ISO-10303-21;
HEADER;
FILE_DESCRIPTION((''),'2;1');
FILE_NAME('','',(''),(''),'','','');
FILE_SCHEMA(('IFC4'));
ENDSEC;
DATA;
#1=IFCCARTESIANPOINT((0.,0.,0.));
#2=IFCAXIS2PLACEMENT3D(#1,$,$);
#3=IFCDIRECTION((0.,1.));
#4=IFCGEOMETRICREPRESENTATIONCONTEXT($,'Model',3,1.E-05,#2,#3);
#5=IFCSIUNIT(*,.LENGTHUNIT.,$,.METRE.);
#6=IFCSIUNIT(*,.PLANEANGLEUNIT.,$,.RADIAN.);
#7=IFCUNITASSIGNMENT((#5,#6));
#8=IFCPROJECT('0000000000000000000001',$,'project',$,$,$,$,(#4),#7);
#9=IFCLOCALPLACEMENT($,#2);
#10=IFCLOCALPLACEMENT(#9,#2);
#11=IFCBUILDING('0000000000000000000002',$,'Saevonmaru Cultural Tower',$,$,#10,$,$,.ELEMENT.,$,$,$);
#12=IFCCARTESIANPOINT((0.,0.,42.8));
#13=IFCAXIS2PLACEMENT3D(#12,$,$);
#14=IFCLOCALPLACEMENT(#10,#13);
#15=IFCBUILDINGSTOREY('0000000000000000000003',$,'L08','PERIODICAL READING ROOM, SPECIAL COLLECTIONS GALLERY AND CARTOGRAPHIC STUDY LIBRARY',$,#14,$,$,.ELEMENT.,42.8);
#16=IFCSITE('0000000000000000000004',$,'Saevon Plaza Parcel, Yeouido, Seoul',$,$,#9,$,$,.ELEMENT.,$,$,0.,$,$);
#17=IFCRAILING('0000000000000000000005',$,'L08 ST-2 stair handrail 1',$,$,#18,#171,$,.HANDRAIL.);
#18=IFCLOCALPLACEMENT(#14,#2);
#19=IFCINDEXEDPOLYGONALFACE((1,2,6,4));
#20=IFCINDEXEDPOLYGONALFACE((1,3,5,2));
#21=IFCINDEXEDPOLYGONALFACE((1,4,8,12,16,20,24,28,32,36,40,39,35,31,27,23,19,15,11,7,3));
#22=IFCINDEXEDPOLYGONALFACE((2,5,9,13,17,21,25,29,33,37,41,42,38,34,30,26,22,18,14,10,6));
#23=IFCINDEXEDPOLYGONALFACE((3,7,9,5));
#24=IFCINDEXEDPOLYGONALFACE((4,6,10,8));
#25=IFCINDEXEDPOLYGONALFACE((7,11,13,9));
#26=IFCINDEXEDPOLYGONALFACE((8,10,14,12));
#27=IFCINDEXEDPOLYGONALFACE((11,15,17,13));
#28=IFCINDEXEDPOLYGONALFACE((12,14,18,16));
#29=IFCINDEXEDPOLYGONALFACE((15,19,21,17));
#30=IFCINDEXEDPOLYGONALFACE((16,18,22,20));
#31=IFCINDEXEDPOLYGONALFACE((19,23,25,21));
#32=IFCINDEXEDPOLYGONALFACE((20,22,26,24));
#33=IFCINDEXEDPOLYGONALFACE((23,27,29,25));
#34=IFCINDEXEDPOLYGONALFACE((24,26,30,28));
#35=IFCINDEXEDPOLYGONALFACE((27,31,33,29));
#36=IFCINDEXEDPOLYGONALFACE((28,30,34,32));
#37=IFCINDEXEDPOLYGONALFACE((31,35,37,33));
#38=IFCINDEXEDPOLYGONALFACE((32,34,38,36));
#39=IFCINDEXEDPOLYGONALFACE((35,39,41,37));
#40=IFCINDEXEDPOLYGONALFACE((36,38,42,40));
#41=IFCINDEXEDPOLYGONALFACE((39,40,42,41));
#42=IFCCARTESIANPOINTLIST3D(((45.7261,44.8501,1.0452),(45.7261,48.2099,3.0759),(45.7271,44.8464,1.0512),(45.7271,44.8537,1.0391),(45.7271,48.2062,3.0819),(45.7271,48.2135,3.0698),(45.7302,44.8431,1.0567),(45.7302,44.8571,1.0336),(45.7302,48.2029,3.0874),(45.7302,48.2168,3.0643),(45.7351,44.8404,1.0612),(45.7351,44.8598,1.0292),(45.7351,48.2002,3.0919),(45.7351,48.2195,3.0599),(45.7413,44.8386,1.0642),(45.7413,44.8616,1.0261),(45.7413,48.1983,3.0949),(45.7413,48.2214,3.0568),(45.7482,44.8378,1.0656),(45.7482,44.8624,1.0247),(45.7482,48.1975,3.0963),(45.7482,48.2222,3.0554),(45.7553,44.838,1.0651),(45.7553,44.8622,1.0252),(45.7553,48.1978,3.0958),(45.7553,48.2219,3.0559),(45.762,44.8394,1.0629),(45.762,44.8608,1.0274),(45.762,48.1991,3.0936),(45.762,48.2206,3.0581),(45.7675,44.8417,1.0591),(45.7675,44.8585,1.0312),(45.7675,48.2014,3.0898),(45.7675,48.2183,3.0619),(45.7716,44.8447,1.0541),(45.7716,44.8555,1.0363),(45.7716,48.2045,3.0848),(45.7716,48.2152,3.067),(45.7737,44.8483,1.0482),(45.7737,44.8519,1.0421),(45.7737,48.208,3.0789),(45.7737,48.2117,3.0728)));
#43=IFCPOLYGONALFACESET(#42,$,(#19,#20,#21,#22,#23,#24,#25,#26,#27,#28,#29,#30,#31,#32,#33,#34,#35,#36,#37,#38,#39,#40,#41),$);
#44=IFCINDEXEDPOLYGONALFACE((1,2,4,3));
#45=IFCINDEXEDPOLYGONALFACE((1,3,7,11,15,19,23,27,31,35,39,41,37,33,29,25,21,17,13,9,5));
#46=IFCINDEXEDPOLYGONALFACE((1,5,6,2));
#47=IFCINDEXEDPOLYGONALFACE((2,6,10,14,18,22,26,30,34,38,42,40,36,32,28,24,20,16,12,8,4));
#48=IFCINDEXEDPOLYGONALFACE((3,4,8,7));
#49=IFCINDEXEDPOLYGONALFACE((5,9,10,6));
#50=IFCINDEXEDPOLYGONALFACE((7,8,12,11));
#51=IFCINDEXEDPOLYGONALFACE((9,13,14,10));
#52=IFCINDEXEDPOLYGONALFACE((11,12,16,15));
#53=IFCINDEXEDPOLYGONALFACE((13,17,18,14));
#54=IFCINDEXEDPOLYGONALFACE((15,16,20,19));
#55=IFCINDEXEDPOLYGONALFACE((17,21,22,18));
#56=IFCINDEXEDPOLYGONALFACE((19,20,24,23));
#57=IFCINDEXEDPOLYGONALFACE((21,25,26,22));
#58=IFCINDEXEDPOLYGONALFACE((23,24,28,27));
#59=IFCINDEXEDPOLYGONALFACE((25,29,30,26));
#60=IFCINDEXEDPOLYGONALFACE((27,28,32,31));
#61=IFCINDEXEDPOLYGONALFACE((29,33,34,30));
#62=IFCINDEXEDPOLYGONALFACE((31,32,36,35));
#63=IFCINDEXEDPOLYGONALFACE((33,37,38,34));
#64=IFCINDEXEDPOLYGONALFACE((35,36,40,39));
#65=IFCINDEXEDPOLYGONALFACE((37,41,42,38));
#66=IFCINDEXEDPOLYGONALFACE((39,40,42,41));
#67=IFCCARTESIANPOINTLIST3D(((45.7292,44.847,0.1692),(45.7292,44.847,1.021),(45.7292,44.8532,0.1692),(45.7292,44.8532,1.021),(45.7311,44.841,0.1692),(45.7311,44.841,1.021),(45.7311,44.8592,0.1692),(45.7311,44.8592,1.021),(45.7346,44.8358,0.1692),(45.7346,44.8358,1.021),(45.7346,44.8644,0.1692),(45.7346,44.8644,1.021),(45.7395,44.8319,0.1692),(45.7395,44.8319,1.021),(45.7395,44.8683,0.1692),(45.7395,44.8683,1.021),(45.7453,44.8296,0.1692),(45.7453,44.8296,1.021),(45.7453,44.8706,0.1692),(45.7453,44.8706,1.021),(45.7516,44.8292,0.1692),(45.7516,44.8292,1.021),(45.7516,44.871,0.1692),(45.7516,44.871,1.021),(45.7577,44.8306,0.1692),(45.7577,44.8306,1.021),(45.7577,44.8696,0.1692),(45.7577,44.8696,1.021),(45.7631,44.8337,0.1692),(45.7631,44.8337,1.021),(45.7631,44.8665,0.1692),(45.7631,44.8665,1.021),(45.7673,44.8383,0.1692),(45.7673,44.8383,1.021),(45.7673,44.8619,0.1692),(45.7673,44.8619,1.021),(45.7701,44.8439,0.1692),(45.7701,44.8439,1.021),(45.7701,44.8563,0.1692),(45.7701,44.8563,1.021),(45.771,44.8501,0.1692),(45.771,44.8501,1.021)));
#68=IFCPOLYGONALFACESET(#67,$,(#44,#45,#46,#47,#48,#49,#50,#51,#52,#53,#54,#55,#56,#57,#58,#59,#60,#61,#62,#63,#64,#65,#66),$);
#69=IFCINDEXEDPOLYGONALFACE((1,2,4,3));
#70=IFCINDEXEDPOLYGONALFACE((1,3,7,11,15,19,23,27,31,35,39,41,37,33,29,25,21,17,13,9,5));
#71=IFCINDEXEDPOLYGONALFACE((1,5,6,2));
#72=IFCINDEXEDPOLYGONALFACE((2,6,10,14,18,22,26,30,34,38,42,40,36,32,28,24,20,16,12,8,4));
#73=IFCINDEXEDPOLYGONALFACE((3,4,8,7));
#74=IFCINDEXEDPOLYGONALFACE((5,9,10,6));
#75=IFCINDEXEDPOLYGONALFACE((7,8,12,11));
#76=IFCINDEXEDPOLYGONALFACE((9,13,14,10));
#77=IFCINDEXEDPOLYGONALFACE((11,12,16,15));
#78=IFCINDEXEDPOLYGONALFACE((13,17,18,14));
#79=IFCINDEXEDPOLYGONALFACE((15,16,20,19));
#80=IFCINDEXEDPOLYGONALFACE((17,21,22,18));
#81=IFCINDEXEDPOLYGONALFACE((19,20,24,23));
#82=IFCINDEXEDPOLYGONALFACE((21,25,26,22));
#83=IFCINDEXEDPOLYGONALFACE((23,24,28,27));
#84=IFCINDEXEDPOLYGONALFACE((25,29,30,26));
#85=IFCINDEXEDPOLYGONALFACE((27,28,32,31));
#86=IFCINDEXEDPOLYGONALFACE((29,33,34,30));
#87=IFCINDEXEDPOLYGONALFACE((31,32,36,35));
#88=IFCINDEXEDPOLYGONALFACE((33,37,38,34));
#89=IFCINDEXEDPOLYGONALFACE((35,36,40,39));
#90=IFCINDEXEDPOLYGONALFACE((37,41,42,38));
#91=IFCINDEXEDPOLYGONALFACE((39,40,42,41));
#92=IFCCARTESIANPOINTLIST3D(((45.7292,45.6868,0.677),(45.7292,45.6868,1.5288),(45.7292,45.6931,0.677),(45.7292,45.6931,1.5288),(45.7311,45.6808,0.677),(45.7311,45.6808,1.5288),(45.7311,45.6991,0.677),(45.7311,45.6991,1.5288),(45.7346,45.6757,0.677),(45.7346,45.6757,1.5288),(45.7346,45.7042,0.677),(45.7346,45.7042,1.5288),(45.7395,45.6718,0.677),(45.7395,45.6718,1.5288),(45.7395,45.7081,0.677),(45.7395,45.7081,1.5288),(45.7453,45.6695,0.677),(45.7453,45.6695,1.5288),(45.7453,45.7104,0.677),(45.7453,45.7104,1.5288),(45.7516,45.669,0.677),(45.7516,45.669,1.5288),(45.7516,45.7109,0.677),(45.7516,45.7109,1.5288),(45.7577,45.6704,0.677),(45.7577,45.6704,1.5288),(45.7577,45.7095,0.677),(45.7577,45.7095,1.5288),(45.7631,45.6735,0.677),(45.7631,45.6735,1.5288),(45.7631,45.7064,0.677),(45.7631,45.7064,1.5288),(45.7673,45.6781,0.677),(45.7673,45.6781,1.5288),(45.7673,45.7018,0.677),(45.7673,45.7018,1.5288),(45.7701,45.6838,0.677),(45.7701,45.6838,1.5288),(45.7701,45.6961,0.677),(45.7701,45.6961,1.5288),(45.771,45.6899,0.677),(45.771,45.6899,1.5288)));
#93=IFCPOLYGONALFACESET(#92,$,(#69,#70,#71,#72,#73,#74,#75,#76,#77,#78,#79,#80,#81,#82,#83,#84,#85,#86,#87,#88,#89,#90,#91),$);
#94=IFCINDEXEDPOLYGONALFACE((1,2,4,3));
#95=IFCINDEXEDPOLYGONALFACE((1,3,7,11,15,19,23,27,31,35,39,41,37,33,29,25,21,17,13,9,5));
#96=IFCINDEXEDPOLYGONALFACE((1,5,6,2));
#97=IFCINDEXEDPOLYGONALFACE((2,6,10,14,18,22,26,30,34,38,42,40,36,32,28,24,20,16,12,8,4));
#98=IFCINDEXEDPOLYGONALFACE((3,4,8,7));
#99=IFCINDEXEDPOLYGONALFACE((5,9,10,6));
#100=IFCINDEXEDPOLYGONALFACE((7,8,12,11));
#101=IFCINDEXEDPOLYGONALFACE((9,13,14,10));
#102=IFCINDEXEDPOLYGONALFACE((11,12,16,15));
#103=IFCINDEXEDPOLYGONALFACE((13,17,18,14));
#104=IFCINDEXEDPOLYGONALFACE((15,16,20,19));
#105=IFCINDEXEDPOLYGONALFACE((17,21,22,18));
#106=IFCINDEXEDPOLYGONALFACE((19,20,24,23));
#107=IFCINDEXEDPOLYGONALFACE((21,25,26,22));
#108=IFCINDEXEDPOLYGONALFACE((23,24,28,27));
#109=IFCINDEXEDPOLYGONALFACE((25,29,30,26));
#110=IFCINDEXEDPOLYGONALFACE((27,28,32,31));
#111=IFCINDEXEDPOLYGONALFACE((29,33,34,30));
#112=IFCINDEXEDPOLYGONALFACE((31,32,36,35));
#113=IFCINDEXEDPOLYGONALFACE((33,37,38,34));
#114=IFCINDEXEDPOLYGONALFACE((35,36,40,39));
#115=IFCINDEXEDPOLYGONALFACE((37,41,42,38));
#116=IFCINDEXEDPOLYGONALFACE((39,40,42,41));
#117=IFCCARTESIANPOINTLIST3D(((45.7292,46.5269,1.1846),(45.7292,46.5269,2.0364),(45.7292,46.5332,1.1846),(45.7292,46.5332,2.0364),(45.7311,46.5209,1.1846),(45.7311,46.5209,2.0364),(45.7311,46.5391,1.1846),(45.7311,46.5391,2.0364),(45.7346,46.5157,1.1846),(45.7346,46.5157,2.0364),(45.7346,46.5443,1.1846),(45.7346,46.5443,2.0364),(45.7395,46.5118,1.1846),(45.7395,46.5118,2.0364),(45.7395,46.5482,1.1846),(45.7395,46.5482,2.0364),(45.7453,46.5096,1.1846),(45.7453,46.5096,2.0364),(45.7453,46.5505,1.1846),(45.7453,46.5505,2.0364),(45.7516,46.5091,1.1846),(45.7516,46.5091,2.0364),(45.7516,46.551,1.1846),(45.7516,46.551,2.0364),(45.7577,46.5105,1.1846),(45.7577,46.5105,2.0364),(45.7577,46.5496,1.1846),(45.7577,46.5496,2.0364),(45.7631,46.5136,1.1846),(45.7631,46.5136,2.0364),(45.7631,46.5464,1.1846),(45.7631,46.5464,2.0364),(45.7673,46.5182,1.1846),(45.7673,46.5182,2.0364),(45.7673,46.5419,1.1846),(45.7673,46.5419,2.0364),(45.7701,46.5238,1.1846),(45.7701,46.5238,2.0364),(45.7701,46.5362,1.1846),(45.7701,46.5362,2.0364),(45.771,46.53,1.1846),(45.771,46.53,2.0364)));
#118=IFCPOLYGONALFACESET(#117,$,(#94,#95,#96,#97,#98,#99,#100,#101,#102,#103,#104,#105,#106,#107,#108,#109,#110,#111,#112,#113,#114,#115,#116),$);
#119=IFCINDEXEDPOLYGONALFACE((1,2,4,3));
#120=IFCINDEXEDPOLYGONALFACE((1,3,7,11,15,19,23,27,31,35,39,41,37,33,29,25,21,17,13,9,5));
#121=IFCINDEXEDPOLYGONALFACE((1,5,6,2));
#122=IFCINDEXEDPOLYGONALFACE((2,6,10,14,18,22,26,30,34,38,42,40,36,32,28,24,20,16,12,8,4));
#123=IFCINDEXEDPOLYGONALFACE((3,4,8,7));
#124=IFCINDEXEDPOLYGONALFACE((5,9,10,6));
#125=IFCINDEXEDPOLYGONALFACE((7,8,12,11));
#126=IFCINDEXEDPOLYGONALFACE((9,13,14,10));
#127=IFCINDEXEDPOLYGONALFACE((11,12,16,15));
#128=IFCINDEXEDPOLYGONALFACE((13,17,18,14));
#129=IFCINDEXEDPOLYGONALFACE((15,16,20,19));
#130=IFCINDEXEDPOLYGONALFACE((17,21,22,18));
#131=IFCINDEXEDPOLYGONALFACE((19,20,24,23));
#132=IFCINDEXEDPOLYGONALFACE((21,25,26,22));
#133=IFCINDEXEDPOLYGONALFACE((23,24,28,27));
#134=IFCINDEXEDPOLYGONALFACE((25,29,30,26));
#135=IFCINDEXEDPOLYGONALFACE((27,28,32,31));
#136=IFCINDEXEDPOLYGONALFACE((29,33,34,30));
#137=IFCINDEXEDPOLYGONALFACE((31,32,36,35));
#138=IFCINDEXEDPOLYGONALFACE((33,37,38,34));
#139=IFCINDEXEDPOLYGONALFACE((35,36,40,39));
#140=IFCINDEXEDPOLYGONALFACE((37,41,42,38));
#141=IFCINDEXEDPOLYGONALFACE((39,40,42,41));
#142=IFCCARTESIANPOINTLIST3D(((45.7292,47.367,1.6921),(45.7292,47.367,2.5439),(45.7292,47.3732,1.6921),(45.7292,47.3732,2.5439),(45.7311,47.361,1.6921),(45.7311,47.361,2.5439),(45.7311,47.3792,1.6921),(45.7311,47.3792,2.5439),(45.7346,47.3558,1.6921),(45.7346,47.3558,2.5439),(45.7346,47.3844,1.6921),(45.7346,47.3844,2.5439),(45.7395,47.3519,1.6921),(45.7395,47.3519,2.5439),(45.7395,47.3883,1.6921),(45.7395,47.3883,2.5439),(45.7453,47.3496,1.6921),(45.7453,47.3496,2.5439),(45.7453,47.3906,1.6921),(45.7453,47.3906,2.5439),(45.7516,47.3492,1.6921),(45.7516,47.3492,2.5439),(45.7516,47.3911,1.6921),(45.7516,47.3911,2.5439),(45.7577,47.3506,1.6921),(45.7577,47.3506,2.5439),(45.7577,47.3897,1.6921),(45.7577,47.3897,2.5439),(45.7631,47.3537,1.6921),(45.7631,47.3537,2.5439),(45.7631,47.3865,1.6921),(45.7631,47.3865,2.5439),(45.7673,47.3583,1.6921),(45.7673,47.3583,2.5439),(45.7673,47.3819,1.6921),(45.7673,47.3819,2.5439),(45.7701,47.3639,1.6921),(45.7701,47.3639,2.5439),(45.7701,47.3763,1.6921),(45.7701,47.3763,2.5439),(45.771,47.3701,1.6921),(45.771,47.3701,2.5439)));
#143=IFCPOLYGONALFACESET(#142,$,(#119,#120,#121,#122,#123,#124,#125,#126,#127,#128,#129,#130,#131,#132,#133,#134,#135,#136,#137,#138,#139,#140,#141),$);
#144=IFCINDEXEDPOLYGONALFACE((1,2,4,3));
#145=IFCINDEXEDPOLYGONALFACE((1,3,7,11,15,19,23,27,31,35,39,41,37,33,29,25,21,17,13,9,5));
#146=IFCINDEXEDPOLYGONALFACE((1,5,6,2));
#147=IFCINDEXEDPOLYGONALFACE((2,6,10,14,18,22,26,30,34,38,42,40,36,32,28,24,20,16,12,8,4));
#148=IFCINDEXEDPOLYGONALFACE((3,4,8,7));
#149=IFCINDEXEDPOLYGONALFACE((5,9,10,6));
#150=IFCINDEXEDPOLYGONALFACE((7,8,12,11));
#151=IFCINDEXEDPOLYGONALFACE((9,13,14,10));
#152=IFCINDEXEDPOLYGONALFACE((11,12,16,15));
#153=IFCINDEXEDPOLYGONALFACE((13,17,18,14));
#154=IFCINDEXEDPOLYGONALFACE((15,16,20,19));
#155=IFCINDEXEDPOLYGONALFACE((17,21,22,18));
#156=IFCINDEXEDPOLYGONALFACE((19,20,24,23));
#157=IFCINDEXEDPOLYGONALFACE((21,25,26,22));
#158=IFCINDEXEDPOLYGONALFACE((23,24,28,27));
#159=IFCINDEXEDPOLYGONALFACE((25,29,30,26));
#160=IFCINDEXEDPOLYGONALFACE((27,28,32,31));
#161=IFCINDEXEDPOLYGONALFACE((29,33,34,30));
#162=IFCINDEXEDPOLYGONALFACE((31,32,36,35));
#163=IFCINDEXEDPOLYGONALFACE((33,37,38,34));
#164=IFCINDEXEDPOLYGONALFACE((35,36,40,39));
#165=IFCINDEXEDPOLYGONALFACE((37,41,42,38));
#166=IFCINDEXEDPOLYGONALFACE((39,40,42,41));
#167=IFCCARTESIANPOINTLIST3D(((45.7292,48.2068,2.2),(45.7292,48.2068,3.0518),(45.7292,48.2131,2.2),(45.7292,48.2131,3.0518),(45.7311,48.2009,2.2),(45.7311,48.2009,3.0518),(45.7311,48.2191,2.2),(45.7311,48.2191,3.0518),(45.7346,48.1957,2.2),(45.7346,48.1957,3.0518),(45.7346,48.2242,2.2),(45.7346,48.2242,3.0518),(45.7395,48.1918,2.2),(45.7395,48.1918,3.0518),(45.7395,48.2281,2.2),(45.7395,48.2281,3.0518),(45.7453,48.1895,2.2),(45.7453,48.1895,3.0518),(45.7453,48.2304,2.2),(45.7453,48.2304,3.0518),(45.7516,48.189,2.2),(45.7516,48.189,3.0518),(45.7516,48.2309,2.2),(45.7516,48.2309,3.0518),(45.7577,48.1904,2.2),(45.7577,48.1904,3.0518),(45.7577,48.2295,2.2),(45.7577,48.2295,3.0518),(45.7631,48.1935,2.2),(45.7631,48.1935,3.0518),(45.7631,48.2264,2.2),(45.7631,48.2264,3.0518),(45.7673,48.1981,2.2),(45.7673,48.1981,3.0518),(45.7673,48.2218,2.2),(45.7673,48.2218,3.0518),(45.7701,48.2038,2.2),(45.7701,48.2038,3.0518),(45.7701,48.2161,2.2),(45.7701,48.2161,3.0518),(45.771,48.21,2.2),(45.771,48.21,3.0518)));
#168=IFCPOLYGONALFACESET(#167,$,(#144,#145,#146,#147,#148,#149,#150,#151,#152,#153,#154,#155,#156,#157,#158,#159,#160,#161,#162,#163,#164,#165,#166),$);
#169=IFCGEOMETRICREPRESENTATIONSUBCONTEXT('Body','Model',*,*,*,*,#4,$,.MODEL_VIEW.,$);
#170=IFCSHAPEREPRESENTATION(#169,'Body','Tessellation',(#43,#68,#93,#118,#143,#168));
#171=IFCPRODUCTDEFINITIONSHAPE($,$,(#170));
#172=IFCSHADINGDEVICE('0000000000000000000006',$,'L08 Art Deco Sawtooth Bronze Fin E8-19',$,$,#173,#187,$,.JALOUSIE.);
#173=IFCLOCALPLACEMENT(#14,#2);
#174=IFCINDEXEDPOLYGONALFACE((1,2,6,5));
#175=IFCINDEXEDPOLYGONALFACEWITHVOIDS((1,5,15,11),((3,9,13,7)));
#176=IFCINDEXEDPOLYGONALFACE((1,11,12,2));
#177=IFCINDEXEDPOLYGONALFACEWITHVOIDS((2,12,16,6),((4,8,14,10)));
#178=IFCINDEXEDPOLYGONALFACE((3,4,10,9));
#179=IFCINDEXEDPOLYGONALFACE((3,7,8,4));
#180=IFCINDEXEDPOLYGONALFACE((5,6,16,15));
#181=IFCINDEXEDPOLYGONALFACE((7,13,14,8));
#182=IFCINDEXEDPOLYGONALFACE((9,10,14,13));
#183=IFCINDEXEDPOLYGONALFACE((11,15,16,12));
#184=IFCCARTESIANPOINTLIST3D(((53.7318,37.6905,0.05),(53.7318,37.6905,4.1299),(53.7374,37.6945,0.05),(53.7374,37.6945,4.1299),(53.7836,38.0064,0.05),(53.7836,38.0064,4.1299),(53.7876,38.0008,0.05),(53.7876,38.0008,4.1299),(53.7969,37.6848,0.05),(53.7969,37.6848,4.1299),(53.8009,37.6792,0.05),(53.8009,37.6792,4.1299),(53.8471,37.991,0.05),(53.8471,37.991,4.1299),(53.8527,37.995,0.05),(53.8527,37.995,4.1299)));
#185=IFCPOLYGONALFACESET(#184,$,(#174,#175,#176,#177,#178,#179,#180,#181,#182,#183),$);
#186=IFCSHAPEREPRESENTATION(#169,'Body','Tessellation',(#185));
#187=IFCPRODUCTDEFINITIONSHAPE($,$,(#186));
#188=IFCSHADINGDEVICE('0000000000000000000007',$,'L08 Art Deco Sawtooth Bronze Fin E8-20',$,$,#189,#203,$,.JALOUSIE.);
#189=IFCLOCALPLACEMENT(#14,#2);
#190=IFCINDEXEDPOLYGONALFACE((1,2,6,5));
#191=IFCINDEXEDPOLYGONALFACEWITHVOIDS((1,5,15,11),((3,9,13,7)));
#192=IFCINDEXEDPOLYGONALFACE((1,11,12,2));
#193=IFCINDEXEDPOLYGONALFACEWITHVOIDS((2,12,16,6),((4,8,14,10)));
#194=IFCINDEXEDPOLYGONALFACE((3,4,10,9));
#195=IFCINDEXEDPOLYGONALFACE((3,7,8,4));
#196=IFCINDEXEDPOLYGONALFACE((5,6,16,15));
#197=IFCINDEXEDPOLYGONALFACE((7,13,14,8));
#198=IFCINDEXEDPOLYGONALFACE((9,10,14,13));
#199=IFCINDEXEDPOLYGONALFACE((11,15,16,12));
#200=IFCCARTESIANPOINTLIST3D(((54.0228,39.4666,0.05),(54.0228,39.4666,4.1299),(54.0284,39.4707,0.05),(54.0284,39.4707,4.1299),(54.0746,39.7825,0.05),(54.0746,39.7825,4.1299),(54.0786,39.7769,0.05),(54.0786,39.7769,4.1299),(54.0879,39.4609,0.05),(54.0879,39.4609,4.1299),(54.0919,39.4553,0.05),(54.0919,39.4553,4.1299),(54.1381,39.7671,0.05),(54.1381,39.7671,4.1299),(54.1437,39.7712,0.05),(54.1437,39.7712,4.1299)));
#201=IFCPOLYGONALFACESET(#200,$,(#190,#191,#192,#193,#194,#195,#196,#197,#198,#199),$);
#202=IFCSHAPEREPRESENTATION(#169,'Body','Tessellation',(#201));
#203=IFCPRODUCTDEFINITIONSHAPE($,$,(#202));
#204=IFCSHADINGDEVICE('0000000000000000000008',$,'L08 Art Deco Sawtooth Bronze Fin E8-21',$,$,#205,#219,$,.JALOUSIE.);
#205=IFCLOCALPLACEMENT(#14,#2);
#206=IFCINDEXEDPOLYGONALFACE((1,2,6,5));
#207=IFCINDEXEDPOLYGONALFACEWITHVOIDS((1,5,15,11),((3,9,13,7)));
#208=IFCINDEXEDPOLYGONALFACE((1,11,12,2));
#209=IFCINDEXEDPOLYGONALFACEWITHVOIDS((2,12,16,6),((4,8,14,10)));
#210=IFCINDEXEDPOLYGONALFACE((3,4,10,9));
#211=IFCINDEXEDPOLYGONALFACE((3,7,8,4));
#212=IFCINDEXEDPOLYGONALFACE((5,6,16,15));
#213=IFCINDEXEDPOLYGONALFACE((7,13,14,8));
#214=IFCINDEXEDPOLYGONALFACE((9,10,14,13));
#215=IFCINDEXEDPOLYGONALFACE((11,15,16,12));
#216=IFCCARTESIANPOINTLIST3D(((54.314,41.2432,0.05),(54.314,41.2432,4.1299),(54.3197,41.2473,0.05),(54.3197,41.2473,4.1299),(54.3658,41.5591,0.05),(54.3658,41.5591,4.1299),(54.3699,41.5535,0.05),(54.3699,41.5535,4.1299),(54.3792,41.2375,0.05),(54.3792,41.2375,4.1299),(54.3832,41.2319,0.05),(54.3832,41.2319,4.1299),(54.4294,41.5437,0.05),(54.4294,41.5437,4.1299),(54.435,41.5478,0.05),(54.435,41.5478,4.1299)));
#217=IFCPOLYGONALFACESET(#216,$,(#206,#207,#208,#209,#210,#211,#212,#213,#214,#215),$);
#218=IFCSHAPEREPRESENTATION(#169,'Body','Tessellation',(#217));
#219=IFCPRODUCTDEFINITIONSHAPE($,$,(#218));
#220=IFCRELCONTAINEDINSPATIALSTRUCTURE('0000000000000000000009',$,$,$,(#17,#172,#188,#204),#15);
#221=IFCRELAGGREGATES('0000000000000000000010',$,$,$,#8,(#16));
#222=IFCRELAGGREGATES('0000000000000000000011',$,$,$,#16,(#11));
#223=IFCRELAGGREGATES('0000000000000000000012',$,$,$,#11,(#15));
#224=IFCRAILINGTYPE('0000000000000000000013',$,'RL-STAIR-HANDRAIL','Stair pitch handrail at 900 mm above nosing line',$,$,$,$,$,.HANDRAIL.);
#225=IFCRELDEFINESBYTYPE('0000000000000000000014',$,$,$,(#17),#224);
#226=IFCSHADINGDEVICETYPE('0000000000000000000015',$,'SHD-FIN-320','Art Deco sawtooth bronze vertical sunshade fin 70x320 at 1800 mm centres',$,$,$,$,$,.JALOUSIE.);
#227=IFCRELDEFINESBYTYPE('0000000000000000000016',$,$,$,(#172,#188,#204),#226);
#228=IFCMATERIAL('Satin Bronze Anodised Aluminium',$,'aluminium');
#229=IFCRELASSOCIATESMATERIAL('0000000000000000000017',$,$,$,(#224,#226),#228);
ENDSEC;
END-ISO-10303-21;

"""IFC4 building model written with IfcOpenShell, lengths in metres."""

from ifc_helpers import new_model, si_unit, direction, frame, origin, origin_2d, place, context, subcontext, project, spatial, hollow_rectangle, circle, extrude, material, material_profile, profile_set, type_object, element, save


model = new_model("IFC4")

# Units and contexts
model_context = context("Model", 3, precision=1e-05, world=origin(), true_north=direction((0.0, 1.0)))
body_context = subcontext(model_context, "Body", "Model", "MODEL_VIEW")
ifc_project = project(units=[si_unit("LENGTHUNIT", "METRE"), si_unit("PLANEANGLEUNIT", "RADIAN")], contexts=[model_context])

# Site, building, storey
site_placement = place(None, origin())
site = spatial("IfcSite", under=ifc_project, at=site_placement, Name="Saevon Plaza Parcel, Yeouido, Seoul", CompositionType="ELEMENT", RefElevation=0.0)
building_placement = place(site_placement, origin())
building = spatial("IfcBuilding", under=site, at=building_placement, Name="Saevonmaru Cultural Tower", CompositionType="ELEMENT")
storey_placement = place(building_placement, frame((0.0, 0.0, 42.8)))
storey = spatial("IfcBuildingStorey", under=building, at=storey_placement, Name="L08", Description="PERIODICAL READING ROOM, SPECIAL COLLECTIONS GALLERY AND CARTOGRAPHIC STUDY LIBRARY", CompositionType="ELEMENT", Elevation=42.8)

# Shared definitions
ifc_material_1 = material(Name="Satin Bronze Anodised Aluminium", Category="aluminium")

# Railing
railing_type_1 = type_object("IfcRailingType", Name="RL-STAIR-HANDRAIL", Description="Stair pitch handrail at 900 mm above nosing line", PredefinedType="HANDRAIL", material=ifc_material_1)
railing_1_placement = place(storey_placement, frame((45.75, 44.8501, 0.1692)))
element("IfcRailing", 1, at=railing_1_placement, inside=storey, type_object=railing_type_1, Name="L08 ST-2 stair handrail 1", PredefinedType="HANDRAIL", context=body_context, shape_type="SweptSolid", body=[
    extrude(circle(Radius=0.0239, at=origin_2d()), frame((0.0, 0.0, 0.876), z_axis=(0.0, 0.85582, 0.517273), x_axis=(-1.0, 0.0, 0.0)), (0.0, 0.0, 1.0), 3.9258),
    extrude(circle(Radius=0.021, at=origin_2d()), origin(), (0.0, 0.0, 1.0), 0.8518),
    extrude(circle(Radius=0.021, at=origin_2d()), frame((0.0, 0.8398, 0.5078)), (0.0, 0.0, 1.0), 0.8518),
    extrude(circle(Radius=0.021, at=origin_2d()), frame((0.0, 1.6799, 1.0154)), (0.0, 0.0, 1.0), 0.8518),
    extrude(circle(Radius=0.021, at=origin_2d()), frame((0.0, 2.52, 1.5229)), (0.0, 0.0, 1.0), 0.8518),
    extrude(circle(Radius=0.021, at=origin_2d()), frame((0.0, 3.3599, 2.0308)), (0.0, 0.0, 1.0), 0.8518),
])

# Shading devices
ifc_material_profile_1 = material_profile(ifc_material_1, hollow_rectangle(XDim=0.0701, YDim=0.3201, WallThickness=0.0049, at=origin_2d()), Name="FIN-320x70")
ifc_profile_set_1 = profile_set([ifc_material_profile_1], Name="Satin Bronze Anodised Aluminium")
shading_device_type = type_object("IfcShadingDeviceType", Name="SHD-FIN-320", Description="Art Deco sawtooth bronze vertical sunshade fin 70x320 at 1800 mm centres", PredefinedType="JALOUSIE", material=ifc_profile_set_1)
for number, where, z_axis, x_axis, name in (
    (2, (53.7922, 37.8428, 0.05), (0.0, 0.0, 1.0), (0.986827, -0.161776, 0.0), "L08 Art Deco Sawtooth Bronze Fin E8-19"),
    (3, (54.0833, 39.6189, 0.05), (0.0, 0.0, 1.0), (0.986827, -0.161776, 0.0), "L08 Art Deco Sawtooth Bronze Fin E8-20"),
    (4, (54.3745, 41.3955, 0.05), (0.0, 0.0, 1.0), (0.986827, -0.161776, 0.0), "L08 Art Deco Sawtooth Bronze Fin E8-21"),
):
    element("IfcShadingDevice", number, at=place(storey_placement, frame(where, z_axis=z_axis, x_axis=x_axis)), inside=storey, type_object=shading_device_type, Name=name, PredefinedType="JALOUSIE", context=body_context, shape_type="SweptSolid", body=[
        extrude(hollow_rectangle(XDim=0.0701, YDim=0.3201, WallThickness=0.0049, at=origin_2d()), origin(), (0.0, 0.0, 1.0), 4.0798),
    ])

save(model, "model.ifc")
